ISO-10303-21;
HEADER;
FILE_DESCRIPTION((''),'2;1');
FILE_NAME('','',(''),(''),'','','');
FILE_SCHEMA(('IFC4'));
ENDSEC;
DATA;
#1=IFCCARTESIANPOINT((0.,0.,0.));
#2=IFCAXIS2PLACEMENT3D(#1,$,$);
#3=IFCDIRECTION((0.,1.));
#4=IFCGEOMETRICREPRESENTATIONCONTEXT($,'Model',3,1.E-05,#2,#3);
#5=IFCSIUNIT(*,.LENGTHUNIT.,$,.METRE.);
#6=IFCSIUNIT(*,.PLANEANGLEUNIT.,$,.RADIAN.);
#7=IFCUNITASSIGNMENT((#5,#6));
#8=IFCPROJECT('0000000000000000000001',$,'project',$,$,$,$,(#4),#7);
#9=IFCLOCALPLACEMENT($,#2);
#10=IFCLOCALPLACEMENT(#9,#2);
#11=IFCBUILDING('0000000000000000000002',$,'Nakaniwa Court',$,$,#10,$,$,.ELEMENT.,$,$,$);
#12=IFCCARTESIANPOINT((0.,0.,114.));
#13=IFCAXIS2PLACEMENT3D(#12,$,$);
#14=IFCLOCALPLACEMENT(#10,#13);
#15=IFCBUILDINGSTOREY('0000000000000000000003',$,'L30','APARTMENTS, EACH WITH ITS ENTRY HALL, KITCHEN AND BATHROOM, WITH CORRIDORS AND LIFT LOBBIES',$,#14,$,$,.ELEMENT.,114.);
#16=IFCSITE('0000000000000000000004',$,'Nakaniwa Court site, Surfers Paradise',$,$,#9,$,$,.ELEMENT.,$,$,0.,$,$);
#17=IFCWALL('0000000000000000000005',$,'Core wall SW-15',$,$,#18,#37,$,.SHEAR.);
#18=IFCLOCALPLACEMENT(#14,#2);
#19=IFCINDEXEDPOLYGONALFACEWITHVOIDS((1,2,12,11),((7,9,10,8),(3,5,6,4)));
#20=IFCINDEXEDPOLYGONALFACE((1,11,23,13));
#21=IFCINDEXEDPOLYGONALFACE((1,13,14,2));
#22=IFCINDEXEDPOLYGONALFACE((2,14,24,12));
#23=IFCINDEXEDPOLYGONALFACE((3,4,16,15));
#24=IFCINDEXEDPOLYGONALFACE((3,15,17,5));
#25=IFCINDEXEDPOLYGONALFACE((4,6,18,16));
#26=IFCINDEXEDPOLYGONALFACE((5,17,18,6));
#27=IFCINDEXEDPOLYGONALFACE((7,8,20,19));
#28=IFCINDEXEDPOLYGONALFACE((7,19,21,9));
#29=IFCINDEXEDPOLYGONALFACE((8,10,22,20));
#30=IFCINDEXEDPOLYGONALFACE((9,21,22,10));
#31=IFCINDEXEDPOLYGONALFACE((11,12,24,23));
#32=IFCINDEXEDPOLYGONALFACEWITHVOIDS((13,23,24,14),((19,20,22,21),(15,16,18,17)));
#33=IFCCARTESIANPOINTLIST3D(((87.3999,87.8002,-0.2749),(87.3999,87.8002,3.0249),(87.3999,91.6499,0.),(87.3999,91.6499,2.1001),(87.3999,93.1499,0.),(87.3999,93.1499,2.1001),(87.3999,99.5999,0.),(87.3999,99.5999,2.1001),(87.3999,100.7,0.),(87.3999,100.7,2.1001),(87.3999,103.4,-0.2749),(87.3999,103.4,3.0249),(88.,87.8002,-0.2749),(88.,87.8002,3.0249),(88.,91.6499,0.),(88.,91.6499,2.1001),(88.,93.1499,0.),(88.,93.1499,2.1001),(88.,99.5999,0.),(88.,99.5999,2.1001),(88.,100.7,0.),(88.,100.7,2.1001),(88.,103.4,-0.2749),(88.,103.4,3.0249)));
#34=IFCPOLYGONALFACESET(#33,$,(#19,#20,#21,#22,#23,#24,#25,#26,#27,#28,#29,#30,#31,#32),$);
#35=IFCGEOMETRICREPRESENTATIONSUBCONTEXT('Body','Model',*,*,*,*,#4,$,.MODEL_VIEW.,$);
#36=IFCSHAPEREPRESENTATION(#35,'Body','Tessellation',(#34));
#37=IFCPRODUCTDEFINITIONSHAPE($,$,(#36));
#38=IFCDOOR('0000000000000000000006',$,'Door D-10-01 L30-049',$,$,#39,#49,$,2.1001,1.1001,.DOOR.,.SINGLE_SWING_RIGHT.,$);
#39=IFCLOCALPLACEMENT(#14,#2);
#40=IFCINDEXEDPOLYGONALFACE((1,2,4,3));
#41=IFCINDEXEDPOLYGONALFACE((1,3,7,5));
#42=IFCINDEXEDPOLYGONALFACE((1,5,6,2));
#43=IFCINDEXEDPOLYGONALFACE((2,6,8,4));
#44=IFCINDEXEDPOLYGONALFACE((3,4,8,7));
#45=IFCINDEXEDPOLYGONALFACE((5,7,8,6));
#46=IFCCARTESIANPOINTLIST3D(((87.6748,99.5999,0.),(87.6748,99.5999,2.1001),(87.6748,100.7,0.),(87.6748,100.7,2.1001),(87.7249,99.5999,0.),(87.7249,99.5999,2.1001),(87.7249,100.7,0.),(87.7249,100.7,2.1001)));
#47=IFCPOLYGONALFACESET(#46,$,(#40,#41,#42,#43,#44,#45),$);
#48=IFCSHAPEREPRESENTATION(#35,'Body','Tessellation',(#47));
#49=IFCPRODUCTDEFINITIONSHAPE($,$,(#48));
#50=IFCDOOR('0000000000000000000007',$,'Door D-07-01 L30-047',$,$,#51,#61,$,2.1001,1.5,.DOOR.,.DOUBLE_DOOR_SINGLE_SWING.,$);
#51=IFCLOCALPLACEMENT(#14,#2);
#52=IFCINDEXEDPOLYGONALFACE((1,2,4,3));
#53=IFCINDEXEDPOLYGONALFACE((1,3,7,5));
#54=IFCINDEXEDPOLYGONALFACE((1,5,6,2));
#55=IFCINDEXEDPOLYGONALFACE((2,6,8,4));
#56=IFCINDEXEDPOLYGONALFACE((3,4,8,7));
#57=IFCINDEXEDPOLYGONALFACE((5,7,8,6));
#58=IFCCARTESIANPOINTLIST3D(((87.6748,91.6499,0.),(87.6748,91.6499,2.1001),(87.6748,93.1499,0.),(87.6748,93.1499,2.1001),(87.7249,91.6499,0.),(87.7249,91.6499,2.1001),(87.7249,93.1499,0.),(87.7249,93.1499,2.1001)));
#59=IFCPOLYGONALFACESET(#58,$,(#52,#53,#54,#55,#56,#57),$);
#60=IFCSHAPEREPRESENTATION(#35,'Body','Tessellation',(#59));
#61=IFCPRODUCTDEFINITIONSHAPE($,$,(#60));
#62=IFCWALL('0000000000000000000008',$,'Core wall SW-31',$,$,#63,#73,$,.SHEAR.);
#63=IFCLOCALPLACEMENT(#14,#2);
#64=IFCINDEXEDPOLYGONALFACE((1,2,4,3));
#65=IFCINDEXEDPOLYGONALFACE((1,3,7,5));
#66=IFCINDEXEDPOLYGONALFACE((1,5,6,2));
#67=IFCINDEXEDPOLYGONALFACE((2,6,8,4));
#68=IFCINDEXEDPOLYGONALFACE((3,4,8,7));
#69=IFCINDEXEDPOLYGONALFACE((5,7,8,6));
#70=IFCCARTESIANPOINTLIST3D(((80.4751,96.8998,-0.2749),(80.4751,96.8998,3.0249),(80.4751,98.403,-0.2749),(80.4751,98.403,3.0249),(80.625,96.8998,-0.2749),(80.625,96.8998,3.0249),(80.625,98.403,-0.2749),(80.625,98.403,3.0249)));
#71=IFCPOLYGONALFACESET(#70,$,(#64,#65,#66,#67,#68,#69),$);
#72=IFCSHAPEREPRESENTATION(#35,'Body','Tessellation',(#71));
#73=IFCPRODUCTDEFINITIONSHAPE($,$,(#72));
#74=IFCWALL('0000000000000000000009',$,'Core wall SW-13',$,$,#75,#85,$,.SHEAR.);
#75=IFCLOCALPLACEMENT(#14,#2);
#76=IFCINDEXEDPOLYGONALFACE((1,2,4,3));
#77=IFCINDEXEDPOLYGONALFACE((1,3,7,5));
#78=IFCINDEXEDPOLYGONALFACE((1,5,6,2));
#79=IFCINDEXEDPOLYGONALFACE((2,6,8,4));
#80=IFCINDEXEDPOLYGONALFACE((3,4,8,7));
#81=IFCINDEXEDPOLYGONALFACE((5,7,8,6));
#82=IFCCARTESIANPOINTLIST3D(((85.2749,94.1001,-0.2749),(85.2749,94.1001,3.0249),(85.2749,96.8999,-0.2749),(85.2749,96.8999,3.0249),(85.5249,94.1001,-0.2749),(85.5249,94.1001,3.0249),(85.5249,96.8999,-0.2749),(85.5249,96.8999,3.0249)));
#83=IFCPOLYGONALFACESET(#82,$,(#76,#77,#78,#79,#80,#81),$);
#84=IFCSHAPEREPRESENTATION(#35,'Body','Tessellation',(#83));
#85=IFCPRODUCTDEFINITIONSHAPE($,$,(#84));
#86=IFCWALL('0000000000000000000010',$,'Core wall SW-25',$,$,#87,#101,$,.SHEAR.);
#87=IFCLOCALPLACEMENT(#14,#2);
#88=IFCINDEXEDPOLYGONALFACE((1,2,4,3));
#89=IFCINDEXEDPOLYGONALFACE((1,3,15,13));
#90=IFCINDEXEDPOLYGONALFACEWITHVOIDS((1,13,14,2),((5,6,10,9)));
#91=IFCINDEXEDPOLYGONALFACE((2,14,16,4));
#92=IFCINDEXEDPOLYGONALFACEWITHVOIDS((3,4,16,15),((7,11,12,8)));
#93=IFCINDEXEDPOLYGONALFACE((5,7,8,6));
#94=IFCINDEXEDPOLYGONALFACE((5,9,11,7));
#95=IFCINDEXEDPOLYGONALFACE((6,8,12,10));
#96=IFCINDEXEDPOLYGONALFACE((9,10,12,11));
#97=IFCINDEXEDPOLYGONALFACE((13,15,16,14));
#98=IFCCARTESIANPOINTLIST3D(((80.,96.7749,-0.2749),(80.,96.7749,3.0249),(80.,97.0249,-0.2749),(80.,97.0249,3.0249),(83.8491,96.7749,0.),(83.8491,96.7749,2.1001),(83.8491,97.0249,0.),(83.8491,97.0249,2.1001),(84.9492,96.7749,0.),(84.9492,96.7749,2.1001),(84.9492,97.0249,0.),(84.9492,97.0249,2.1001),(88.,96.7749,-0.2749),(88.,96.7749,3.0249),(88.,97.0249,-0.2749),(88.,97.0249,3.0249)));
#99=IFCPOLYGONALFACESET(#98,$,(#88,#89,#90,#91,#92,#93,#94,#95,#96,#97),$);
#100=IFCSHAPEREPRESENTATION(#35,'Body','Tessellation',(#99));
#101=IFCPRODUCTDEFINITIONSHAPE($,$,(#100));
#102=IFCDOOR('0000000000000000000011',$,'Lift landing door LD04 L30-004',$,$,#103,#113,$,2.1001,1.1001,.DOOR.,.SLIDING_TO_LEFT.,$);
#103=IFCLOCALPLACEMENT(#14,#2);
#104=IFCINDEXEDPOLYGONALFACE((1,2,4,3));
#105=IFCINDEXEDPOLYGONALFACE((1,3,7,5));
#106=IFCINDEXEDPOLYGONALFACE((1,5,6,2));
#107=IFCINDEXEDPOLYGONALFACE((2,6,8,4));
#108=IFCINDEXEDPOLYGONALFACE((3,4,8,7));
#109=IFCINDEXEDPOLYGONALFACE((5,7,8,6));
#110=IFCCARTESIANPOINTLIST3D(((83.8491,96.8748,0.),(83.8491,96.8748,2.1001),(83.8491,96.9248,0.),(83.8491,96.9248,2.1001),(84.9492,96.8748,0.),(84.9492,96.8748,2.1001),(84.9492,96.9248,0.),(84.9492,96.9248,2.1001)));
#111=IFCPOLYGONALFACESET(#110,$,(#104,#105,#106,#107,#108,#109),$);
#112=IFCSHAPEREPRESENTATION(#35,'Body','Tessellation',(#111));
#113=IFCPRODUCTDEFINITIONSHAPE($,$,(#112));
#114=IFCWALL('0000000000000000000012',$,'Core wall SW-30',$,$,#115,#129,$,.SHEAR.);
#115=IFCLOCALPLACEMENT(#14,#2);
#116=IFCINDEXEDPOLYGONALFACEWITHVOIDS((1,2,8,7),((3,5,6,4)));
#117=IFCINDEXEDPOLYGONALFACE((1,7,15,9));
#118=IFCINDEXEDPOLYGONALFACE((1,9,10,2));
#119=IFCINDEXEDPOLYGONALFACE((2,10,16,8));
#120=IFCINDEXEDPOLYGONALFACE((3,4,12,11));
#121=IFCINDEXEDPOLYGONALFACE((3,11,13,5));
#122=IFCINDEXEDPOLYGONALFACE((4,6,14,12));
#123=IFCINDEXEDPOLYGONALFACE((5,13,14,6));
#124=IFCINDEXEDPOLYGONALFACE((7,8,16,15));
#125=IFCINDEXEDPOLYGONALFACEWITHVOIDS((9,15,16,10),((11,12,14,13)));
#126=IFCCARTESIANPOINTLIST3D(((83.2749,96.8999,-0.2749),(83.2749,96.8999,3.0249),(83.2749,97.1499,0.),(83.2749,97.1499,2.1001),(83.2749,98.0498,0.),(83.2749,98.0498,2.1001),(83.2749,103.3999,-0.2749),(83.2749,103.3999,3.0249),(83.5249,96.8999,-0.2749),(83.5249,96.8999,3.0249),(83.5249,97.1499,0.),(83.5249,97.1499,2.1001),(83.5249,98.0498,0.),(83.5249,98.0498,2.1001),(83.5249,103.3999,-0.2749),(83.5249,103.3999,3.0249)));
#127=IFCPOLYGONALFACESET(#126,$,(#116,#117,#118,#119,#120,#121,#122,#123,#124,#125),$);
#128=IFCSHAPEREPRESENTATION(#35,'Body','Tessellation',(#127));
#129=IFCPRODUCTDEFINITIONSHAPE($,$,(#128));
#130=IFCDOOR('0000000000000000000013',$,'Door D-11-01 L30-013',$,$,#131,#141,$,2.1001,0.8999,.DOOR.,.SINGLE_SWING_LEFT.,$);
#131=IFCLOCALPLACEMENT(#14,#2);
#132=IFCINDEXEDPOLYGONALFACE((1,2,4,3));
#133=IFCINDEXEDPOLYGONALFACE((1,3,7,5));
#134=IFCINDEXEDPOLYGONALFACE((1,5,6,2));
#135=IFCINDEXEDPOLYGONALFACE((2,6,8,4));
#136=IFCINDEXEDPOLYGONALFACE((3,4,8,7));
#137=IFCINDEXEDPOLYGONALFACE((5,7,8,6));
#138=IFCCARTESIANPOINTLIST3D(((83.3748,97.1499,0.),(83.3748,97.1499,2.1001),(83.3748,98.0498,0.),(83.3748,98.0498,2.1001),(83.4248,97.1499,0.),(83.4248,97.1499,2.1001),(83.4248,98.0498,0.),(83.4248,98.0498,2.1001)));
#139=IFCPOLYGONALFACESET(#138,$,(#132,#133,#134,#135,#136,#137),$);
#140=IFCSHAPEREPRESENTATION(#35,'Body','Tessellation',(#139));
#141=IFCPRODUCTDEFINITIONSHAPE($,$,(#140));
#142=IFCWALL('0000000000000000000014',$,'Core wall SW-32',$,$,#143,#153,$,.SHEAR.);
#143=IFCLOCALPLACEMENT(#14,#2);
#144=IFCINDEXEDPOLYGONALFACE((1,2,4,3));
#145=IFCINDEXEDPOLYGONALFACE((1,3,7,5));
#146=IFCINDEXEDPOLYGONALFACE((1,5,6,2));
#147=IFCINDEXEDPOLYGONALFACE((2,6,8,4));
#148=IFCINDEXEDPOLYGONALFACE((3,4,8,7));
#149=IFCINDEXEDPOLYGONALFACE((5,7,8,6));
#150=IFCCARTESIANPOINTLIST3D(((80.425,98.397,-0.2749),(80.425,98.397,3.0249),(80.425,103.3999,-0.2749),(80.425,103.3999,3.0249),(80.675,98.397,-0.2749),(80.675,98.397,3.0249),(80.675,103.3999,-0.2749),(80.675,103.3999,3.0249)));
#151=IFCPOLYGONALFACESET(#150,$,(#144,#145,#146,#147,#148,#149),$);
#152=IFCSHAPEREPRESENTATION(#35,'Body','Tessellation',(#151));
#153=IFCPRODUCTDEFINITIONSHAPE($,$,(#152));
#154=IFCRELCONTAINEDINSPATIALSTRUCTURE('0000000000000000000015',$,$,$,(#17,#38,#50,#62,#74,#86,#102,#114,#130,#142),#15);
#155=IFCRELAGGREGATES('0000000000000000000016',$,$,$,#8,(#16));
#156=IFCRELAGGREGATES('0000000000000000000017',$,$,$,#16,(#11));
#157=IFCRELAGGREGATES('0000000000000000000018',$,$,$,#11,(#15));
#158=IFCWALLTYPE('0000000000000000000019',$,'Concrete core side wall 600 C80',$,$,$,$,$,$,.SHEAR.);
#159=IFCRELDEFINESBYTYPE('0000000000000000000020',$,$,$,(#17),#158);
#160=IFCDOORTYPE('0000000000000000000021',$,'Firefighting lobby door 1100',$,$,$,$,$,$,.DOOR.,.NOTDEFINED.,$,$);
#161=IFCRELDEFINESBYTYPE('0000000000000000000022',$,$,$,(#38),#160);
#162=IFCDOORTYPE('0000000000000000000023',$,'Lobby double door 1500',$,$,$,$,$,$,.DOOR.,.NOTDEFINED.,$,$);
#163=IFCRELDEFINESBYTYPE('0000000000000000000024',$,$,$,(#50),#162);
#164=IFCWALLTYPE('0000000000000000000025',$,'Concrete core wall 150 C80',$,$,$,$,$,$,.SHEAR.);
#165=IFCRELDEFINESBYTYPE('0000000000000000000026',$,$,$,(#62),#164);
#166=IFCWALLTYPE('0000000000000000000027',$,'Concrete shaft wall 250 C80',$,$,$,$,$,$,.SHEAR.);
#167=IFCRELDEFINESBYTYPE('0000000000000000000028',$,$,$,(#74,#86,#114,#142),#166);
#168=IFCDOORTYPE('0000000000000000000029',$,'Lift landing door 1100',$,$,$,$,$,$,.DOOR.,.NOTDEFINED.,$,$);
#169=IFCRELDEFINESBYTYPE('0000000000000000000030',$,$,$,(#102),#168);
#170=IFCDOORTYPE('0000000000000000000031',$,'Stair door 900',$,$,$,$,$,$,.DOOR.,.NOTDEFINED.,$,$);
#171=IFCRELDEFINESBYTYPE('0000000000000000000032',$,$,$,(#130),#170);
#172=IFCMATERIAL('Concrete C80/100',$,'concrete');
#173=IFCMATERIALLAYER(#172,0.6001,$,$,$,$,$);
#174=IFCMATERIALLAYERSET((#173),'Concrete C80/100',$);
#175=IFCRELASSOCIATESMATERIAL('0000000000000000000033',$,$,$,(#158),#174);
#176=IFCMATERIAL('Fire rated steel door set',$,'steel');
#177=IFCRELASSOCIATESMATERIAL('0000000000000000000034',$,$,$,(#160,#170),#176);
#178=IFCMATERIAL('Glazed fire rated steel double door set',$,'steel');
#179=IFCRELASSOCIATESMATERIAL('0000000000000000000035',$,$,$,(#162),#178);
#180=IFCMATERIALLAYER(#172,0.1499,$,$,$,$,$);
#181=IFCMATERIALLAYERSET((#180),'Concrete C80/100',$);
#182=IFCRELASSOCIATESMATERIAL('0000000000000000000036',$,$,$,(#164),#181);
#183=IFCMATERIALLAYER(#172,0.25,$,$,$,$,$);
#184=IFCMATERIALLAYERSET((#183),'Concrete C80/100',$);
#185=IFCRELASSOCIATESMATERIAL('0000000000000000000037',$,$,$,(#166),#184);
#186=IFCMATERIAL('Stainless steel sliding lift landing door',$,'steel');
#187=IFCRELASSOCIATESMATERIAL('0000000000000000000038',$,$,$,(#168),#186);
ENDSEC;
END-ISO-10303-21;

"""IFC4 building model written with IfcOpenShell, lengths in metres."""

from ifc_helpers import new_model, si_unit, direction, frame, frame_2d, origin, place, context, subcontext, project, spatial, rectangle, extrude, material, layer, layer_set, type_object, element, fill, save


model = new_model("IFC4")

# Units and contexts
model_context = context("Model", 3, precision=1e-05, world=origin(), true_north=direction((0.0, 1.0)))
body_context = subcontext(model_context, "Body", "Model", "MODEL_VIEW")
ifc_project = project(units=[si_unit("LENGTHUNIT", "METRE"), si_unit("PLANEANGLEUNIT", "RADIAN")], contexts=[model_context])

# Site, building, storey
site_placement = place(None, origin())
site = spatial("IfcSite", under=ifc_project, at=site_placement, Name="Nakaniwa Court site, Surfers Paradise", CompositionType="ELEMENT", RefElevation=0.0)
building_placement = place(site_placement, origin())
building = spatial("IfcBuilding", under=site, at=building_placement, Name="Nakaniwa Court", CompositionType="ELEMENT")
storey_placement = place(building_placement, frame((0.0, 0.0, 114.0)))
storey = spatial("IfcBuildingStorey", under=building, at=storey_placement, Name="L30", Description="APARTMENTS, EACH WITH ITS ENTRY HALL, KITCHEN AND BATHROOM, WITH CORRIDORS AND LIFT LOBBIES", CompositionType="ELEMENT", Elevation=114.0)

# Shared definitions
ifc_material_1 = material(Name="Concrete C80/100", Category="concrete")

# Shared definitions
ifc_material_2 = material(Name="Fire rated steel door set", Category="steel")

# Wall, openings, doors
ifc_layer_1 = layer(ifc_material_1, 0.6001)
ifc_layer_set_1 = layer_set([ifc_layer_1], Name="Concrete C80/100")
wall_type_1 = type_object("IfcWallType", Name="Concrete core side wall 600 C80", PredefinedType="SHEAR", material=ifc_layer_set_1)
wall_1_placement = place(storey_placement, frame((87.7, 103.3999, -0.2749), z_axis=(0.0, 0.0, 1.0), x_axis=(0.0, -1.0, 0.0)))
wall_1 = element("IfcWall", 1, at=wall_1_placement, inside=storey, type_object=wall_type_1, Name="Core wall SW-15", PredefinedType="SHEAR", context=body_context, shape_type="SweptSolid", body=[
    extrude(rectangle(XDim=15.5999, YDim=0.6001, at=frame_2d((7.7998, 0.0))), origin(), (0.0, 0.0, 1.0), 3.2998),
])
opening_1_placement = place(wall_1_placement, frame((10.25, 0.0, 0.2749)))
opening_1 = element("IfcOpeningElement", 2, at=opening_1_placement, cuts=wall_1, PredefinedType="OPENING", context=body_context, shape_type="SweptSolid", body=[
    extrude(rectangle(XDim=1.5, YDim=2.1001, at=frame_2d((0.75, 1.05))), frame((0.0, 0.3101, 0.0), z_axis=(0.0, -1.0, 0.0), x_axis=(1.0, 0.0, 0.0)), (0.0, 0.0, 1.0), 0.6201),
])
opening_2_placement = place(wall_1_placement, frame((2.7, 0.0, 0.2749)))
opening_2 = element("IfcOpeningElement", 3, at=opening_2_placement, cuts=wall_1, PredefinedType="OPENING", context=body_context, shape_type="SweptSolid", body=[
    extrude(rectangle(XDim=1.1001, YDim=2.1001, at=frame_2d((0.55, 1.05))), frame((0.0, 0.3101, 0.0), z_axis=(0.0, -1.0, 0.0), x_axis=(1.0, 0.0, 0.0)), (0.0, 0.0, 1.0), 0.6201),
])
door_type_1 = type_object("IfcDoorType", Name="Firefighting lobby door 1100", OperationType="NOTDEFINED", PredefinedType="DOOR", material=ifc_material_2)
door_1_placement = place(opening_2_placement, origin())
door_1 = element("IfcDoor", 4, at=door_1_placement, inside=storey, type_object=door_type_1, Name="Door D-10-01 L30-049", OperationType="SINGLE_SWING_RIGHT", OverallHeight=2.1001, OverallWidth=1.1001, PredefinedType="DOOR", context=body_context, shape_type="SweptSolid", body=[
    extrude(rectangle(XDim=1.1001, YDim=2.1001, at=frame_2d((0.55, 1.05))), frame((0.0, 0.0249, 0.0), z_axis=(0.0, -1.0, 0.0), x_axis=(1.0, 0.0, 0.0)), (0.0, 0.0, 1.0), 0.05),
])
fill(opening_2, door_1)
ifc_material_3 = material(Name="Glazed fire rated steel double door set", Category="steel")
door_type_2 = type_object("IfcDoorType", Name="Lobby double door 1500", OperationType="NOTDEFINED", PredefinedType="DOOR", material=ifc_material_3)
door_2_placement = place(opening_1_placement, origin())
door_2 = element("IfcDoor", 5, at=door_2_placement, inside=storey, type_object=door_type_2, Name="Door D-07-01 L30-047", OperationType="DOUBLE_DOOR_SINGLE_SWING", OverallHeight=2.1001, OverallWidth=1.5, PredefinedType="DOOR", context=body_context, shape_type="SweptSolid", body=[
    extrude(rectangle(XDim=1.5, YDim=2.1001, at=frame_2d((0.75, 1.05))), frame((0.0, 0.0249, 0.0), z_axis=(0.0, -1.0, 0.0), x_axis=(1.0, 0.0, 0.0)), (0.0, 0.0, 1.0), 0.05),
])
fill(opening_1, door_2)

# Walls
ifc_layer_2 = layer(ifc_material_1, 0.1499)
ifc_layer_set_2 = layer_set([ifc_layer_2], Name="Concrete C80/100")
wall_type_2 = type_object("IfcWallType", Name="Concrete core wall 150 C80", PredefinedType="SHEAR", material=ifc_layer_set_2)
wall_2_placement = place(storey_placement, frame((80.55, 96.8999, -0.2749), z_axis=(0.0, 0.0, 1.0), x_axis=(0.0, 1.0, 0.0)))
element("IfcWall", 6, at=wall_2_placement, inside=storey, type_object=wall_type_2, Name="Core wall SW-31", PredefinedType="SHEAR", context=body_context, shape_type="SweptSolid", body=[
    extrude(rectangle(XDim=1.5032, YDim=0.1499, at=frame_2d((0.7515, 0.0))), origin(), (0.0, 0.0, 1.0), 3.2998),
])
ifc_layer_3 = layer(ifc_material_1, 0.25)
ifc_layer_set_3 = layer_set([ifc_layer_3], Name="Concrete C80/100")
wall_type_3 = type_object("IfcWallType", Name="Concrete shaft wall 250 C80", PredefinedType="SHEAR", material=ifc_layer_set_3)
wall_3_placement = place(storey_placement, frame((85.3999, 94.1001, -0.2749), z_axis=(0.0, 0.0, 1.0), x_axis=(0.0, 1.0, 0.0)))
element("IfcWall", 7, at=wall_3_placement, inside=storey, type_object=wall_type_3, Name="Core wall SW-13", PredefinedType="SHEAR", context=body_context, shape_type="SweptSolid", body=[
    extrude(rectangle(XDim=2.7998, YDim=0.25, at=frame_2d((1.3999, 0.0))), origin(), (0.0, 0.0, 1.0), 3.2998),
])

# Walls, openings, doors
wall_4_placement = place(storey_placement, frame((80.0, 96.8999, -0.2749), z_axis=(0.0, 0.0, 1.0), x_axis=(1.0, 0.0, 0.0)))
wall_4 = element("IfcWall", 8, at=wall_4_placement, inside=storey, type_object=wall_type_3, Name="Core wall SW-25", PredefinedType="SHEAR", context=body_context, shape_type="SweptSolid", body=[
    extrude(rectangle(XDim=8.0, YDim=0.25, at=frame_2d((4.0, 0.0))), origin(), (0.0, 0.0, 1.0), 3.2998),
])
opening_3_placement = place(wall_4_placement, frame((3.8491, 0.0, 0.2749)))
opening_3 = element("IfcOpeningElement", 9, at=opening_3_placement, cuts=wall_4, PredefinedType="OPENING", context=body_context, shape_type="SweptSolid", body=[
    extrude(rectangle(XDim=1.1001, YDim=2.1001, at=frame_2d((0.55, 1.05))), frame((0.0, 0.135, 0.0), z_axis=(0.0, -1.0, 0.0), x_axis=(1.0, 0.0, 0.0)), (0.0, 0.0, 1.0), 0.27),
])
ifc_material_4 = material(Name="Stainless steel sliding lift landing door", Category="steel")
door_type_3 = type_object("IfcDoorType", Name="Lift landing door 1100", OperationType="NOTDEFINED", PredefinedType="DOOR", material=ifc_material_4)
door_3_placement = place(opening_3_placement, origin())
door_3 = element("IfcDoor", 10, at=door_3_placement, inside=storey, type_object=door_type_3, Name="Lift landing door LD04 L30-004", OperationType="SLIDING_TO_LEFT", OverallHeight=2.1001, OverallWidth=1.1001, PredefinedType="DOOR", context=body_context, shape_type="SweptSolid", body=[
    extrude(rectangle(XDim=1.1001, YDim=2.1001, at=frame_2d((0.55, 1.05))), frame((0.0, 0.0249, 0.0), z_axis=(0.0, -1.0, 0.0), x_axis=(1.0, 0.0, 0.0)), (0.0, 0.0, 1.0), 0.05),
])
fill(opening_3, door_3)
wall_5_placement = place(storey_placement, frame((83.3999, 103.3999, -0.2749), z_axis=(0.0, 0.0, 1.0), x_axis=(0.0, -1.0, 0.0)))
wall_5 = element("IfcWall", 11, at=wall_5_placement, inside=storey, type_object=wall_type_3, Name="Core wall SW-30", PredefinedType="SHEAR", context=body_context, shape_type="SweptSolid", body=[
    extrude(rectangle(XDim=6.5, YDim=0.25, at=frame_2d((3.25, 0.0))), origin(), (0.0, 0.0, 1.0), 3.2998),
])
opening_4_placement = place(wall_5_placement, frame((5.3501, 0.0, 0.2749)))
opening_4 = element("IfcOpeningElement", 12, at=opening_4_placement, cuts=wall_5, PredefinedType="OPENING", context=body_context, shape_type="SweptSolid", body=[
    extrude(rectangle(XDim=0.8999, YDim=2.1001, at=frame_2d((0.45, 1.05))), frame((0.0, 0.135, 0.0), z_axis=(0.0, -1.0, 0.0), x_axis=(1.0, 0.0, 0.0)), (0.0, 0.0, 1.0), 0.27),
])
door_type_4 = type_object("IfcDoorType", Name="Stair door 900", OperationType="NOTDEFINED", PredefinedType="DOOR", material=ifc_material_2)
door_4_placement = place(opening_4_placement, origin())
door_4 = element("IfcDoor", 13, at=door_4_placement, inside=storey, type_object=door_type_4, Name="Door D-11-01 L30-013", OperationType="SINGLE_SWING_LEFT", OverallHeight=2.1001, OverallWidth=0.8999, PredefinedType="DOOR", context=body_context, shape_type="SweptSolid", body=[
    extrude(rectangle(XDim=0.8999, YDim=2.1001, at=frame_2d((0.45, 1.05))), frame((0.0, 0.0249, 0.0), z_axis=(0.0, -1.0, 0.0), x_axis=(1.0, 0.0, 0.0)), (0.0, 0.0, 1.0), 0.05),
])
fill(opening_4, door_4)

# Wall
wall_6_placement = place(storey_placement, frame((80.55, 98.397, -0.2749), z_axis=(0.0, 0.0, 1.0), x_axis=(0.0, 1.0, 0.0)))
element("IfcWall", 14, at=wall_6_placement, inside=storey, type_object=wall_type_3, Name="Core wall SW-32", PredefinedType="SHEAR", context=body_context, shape_type="SweptSolid", body=[
    extrude(rectangle(XDim=5.0029, YDim=0.25, at=frame_2d((2.5015, 0.0))), origin(), (0.0, 0.0, 1.0), 3.2998),
])

save(model, "model.ifc")
